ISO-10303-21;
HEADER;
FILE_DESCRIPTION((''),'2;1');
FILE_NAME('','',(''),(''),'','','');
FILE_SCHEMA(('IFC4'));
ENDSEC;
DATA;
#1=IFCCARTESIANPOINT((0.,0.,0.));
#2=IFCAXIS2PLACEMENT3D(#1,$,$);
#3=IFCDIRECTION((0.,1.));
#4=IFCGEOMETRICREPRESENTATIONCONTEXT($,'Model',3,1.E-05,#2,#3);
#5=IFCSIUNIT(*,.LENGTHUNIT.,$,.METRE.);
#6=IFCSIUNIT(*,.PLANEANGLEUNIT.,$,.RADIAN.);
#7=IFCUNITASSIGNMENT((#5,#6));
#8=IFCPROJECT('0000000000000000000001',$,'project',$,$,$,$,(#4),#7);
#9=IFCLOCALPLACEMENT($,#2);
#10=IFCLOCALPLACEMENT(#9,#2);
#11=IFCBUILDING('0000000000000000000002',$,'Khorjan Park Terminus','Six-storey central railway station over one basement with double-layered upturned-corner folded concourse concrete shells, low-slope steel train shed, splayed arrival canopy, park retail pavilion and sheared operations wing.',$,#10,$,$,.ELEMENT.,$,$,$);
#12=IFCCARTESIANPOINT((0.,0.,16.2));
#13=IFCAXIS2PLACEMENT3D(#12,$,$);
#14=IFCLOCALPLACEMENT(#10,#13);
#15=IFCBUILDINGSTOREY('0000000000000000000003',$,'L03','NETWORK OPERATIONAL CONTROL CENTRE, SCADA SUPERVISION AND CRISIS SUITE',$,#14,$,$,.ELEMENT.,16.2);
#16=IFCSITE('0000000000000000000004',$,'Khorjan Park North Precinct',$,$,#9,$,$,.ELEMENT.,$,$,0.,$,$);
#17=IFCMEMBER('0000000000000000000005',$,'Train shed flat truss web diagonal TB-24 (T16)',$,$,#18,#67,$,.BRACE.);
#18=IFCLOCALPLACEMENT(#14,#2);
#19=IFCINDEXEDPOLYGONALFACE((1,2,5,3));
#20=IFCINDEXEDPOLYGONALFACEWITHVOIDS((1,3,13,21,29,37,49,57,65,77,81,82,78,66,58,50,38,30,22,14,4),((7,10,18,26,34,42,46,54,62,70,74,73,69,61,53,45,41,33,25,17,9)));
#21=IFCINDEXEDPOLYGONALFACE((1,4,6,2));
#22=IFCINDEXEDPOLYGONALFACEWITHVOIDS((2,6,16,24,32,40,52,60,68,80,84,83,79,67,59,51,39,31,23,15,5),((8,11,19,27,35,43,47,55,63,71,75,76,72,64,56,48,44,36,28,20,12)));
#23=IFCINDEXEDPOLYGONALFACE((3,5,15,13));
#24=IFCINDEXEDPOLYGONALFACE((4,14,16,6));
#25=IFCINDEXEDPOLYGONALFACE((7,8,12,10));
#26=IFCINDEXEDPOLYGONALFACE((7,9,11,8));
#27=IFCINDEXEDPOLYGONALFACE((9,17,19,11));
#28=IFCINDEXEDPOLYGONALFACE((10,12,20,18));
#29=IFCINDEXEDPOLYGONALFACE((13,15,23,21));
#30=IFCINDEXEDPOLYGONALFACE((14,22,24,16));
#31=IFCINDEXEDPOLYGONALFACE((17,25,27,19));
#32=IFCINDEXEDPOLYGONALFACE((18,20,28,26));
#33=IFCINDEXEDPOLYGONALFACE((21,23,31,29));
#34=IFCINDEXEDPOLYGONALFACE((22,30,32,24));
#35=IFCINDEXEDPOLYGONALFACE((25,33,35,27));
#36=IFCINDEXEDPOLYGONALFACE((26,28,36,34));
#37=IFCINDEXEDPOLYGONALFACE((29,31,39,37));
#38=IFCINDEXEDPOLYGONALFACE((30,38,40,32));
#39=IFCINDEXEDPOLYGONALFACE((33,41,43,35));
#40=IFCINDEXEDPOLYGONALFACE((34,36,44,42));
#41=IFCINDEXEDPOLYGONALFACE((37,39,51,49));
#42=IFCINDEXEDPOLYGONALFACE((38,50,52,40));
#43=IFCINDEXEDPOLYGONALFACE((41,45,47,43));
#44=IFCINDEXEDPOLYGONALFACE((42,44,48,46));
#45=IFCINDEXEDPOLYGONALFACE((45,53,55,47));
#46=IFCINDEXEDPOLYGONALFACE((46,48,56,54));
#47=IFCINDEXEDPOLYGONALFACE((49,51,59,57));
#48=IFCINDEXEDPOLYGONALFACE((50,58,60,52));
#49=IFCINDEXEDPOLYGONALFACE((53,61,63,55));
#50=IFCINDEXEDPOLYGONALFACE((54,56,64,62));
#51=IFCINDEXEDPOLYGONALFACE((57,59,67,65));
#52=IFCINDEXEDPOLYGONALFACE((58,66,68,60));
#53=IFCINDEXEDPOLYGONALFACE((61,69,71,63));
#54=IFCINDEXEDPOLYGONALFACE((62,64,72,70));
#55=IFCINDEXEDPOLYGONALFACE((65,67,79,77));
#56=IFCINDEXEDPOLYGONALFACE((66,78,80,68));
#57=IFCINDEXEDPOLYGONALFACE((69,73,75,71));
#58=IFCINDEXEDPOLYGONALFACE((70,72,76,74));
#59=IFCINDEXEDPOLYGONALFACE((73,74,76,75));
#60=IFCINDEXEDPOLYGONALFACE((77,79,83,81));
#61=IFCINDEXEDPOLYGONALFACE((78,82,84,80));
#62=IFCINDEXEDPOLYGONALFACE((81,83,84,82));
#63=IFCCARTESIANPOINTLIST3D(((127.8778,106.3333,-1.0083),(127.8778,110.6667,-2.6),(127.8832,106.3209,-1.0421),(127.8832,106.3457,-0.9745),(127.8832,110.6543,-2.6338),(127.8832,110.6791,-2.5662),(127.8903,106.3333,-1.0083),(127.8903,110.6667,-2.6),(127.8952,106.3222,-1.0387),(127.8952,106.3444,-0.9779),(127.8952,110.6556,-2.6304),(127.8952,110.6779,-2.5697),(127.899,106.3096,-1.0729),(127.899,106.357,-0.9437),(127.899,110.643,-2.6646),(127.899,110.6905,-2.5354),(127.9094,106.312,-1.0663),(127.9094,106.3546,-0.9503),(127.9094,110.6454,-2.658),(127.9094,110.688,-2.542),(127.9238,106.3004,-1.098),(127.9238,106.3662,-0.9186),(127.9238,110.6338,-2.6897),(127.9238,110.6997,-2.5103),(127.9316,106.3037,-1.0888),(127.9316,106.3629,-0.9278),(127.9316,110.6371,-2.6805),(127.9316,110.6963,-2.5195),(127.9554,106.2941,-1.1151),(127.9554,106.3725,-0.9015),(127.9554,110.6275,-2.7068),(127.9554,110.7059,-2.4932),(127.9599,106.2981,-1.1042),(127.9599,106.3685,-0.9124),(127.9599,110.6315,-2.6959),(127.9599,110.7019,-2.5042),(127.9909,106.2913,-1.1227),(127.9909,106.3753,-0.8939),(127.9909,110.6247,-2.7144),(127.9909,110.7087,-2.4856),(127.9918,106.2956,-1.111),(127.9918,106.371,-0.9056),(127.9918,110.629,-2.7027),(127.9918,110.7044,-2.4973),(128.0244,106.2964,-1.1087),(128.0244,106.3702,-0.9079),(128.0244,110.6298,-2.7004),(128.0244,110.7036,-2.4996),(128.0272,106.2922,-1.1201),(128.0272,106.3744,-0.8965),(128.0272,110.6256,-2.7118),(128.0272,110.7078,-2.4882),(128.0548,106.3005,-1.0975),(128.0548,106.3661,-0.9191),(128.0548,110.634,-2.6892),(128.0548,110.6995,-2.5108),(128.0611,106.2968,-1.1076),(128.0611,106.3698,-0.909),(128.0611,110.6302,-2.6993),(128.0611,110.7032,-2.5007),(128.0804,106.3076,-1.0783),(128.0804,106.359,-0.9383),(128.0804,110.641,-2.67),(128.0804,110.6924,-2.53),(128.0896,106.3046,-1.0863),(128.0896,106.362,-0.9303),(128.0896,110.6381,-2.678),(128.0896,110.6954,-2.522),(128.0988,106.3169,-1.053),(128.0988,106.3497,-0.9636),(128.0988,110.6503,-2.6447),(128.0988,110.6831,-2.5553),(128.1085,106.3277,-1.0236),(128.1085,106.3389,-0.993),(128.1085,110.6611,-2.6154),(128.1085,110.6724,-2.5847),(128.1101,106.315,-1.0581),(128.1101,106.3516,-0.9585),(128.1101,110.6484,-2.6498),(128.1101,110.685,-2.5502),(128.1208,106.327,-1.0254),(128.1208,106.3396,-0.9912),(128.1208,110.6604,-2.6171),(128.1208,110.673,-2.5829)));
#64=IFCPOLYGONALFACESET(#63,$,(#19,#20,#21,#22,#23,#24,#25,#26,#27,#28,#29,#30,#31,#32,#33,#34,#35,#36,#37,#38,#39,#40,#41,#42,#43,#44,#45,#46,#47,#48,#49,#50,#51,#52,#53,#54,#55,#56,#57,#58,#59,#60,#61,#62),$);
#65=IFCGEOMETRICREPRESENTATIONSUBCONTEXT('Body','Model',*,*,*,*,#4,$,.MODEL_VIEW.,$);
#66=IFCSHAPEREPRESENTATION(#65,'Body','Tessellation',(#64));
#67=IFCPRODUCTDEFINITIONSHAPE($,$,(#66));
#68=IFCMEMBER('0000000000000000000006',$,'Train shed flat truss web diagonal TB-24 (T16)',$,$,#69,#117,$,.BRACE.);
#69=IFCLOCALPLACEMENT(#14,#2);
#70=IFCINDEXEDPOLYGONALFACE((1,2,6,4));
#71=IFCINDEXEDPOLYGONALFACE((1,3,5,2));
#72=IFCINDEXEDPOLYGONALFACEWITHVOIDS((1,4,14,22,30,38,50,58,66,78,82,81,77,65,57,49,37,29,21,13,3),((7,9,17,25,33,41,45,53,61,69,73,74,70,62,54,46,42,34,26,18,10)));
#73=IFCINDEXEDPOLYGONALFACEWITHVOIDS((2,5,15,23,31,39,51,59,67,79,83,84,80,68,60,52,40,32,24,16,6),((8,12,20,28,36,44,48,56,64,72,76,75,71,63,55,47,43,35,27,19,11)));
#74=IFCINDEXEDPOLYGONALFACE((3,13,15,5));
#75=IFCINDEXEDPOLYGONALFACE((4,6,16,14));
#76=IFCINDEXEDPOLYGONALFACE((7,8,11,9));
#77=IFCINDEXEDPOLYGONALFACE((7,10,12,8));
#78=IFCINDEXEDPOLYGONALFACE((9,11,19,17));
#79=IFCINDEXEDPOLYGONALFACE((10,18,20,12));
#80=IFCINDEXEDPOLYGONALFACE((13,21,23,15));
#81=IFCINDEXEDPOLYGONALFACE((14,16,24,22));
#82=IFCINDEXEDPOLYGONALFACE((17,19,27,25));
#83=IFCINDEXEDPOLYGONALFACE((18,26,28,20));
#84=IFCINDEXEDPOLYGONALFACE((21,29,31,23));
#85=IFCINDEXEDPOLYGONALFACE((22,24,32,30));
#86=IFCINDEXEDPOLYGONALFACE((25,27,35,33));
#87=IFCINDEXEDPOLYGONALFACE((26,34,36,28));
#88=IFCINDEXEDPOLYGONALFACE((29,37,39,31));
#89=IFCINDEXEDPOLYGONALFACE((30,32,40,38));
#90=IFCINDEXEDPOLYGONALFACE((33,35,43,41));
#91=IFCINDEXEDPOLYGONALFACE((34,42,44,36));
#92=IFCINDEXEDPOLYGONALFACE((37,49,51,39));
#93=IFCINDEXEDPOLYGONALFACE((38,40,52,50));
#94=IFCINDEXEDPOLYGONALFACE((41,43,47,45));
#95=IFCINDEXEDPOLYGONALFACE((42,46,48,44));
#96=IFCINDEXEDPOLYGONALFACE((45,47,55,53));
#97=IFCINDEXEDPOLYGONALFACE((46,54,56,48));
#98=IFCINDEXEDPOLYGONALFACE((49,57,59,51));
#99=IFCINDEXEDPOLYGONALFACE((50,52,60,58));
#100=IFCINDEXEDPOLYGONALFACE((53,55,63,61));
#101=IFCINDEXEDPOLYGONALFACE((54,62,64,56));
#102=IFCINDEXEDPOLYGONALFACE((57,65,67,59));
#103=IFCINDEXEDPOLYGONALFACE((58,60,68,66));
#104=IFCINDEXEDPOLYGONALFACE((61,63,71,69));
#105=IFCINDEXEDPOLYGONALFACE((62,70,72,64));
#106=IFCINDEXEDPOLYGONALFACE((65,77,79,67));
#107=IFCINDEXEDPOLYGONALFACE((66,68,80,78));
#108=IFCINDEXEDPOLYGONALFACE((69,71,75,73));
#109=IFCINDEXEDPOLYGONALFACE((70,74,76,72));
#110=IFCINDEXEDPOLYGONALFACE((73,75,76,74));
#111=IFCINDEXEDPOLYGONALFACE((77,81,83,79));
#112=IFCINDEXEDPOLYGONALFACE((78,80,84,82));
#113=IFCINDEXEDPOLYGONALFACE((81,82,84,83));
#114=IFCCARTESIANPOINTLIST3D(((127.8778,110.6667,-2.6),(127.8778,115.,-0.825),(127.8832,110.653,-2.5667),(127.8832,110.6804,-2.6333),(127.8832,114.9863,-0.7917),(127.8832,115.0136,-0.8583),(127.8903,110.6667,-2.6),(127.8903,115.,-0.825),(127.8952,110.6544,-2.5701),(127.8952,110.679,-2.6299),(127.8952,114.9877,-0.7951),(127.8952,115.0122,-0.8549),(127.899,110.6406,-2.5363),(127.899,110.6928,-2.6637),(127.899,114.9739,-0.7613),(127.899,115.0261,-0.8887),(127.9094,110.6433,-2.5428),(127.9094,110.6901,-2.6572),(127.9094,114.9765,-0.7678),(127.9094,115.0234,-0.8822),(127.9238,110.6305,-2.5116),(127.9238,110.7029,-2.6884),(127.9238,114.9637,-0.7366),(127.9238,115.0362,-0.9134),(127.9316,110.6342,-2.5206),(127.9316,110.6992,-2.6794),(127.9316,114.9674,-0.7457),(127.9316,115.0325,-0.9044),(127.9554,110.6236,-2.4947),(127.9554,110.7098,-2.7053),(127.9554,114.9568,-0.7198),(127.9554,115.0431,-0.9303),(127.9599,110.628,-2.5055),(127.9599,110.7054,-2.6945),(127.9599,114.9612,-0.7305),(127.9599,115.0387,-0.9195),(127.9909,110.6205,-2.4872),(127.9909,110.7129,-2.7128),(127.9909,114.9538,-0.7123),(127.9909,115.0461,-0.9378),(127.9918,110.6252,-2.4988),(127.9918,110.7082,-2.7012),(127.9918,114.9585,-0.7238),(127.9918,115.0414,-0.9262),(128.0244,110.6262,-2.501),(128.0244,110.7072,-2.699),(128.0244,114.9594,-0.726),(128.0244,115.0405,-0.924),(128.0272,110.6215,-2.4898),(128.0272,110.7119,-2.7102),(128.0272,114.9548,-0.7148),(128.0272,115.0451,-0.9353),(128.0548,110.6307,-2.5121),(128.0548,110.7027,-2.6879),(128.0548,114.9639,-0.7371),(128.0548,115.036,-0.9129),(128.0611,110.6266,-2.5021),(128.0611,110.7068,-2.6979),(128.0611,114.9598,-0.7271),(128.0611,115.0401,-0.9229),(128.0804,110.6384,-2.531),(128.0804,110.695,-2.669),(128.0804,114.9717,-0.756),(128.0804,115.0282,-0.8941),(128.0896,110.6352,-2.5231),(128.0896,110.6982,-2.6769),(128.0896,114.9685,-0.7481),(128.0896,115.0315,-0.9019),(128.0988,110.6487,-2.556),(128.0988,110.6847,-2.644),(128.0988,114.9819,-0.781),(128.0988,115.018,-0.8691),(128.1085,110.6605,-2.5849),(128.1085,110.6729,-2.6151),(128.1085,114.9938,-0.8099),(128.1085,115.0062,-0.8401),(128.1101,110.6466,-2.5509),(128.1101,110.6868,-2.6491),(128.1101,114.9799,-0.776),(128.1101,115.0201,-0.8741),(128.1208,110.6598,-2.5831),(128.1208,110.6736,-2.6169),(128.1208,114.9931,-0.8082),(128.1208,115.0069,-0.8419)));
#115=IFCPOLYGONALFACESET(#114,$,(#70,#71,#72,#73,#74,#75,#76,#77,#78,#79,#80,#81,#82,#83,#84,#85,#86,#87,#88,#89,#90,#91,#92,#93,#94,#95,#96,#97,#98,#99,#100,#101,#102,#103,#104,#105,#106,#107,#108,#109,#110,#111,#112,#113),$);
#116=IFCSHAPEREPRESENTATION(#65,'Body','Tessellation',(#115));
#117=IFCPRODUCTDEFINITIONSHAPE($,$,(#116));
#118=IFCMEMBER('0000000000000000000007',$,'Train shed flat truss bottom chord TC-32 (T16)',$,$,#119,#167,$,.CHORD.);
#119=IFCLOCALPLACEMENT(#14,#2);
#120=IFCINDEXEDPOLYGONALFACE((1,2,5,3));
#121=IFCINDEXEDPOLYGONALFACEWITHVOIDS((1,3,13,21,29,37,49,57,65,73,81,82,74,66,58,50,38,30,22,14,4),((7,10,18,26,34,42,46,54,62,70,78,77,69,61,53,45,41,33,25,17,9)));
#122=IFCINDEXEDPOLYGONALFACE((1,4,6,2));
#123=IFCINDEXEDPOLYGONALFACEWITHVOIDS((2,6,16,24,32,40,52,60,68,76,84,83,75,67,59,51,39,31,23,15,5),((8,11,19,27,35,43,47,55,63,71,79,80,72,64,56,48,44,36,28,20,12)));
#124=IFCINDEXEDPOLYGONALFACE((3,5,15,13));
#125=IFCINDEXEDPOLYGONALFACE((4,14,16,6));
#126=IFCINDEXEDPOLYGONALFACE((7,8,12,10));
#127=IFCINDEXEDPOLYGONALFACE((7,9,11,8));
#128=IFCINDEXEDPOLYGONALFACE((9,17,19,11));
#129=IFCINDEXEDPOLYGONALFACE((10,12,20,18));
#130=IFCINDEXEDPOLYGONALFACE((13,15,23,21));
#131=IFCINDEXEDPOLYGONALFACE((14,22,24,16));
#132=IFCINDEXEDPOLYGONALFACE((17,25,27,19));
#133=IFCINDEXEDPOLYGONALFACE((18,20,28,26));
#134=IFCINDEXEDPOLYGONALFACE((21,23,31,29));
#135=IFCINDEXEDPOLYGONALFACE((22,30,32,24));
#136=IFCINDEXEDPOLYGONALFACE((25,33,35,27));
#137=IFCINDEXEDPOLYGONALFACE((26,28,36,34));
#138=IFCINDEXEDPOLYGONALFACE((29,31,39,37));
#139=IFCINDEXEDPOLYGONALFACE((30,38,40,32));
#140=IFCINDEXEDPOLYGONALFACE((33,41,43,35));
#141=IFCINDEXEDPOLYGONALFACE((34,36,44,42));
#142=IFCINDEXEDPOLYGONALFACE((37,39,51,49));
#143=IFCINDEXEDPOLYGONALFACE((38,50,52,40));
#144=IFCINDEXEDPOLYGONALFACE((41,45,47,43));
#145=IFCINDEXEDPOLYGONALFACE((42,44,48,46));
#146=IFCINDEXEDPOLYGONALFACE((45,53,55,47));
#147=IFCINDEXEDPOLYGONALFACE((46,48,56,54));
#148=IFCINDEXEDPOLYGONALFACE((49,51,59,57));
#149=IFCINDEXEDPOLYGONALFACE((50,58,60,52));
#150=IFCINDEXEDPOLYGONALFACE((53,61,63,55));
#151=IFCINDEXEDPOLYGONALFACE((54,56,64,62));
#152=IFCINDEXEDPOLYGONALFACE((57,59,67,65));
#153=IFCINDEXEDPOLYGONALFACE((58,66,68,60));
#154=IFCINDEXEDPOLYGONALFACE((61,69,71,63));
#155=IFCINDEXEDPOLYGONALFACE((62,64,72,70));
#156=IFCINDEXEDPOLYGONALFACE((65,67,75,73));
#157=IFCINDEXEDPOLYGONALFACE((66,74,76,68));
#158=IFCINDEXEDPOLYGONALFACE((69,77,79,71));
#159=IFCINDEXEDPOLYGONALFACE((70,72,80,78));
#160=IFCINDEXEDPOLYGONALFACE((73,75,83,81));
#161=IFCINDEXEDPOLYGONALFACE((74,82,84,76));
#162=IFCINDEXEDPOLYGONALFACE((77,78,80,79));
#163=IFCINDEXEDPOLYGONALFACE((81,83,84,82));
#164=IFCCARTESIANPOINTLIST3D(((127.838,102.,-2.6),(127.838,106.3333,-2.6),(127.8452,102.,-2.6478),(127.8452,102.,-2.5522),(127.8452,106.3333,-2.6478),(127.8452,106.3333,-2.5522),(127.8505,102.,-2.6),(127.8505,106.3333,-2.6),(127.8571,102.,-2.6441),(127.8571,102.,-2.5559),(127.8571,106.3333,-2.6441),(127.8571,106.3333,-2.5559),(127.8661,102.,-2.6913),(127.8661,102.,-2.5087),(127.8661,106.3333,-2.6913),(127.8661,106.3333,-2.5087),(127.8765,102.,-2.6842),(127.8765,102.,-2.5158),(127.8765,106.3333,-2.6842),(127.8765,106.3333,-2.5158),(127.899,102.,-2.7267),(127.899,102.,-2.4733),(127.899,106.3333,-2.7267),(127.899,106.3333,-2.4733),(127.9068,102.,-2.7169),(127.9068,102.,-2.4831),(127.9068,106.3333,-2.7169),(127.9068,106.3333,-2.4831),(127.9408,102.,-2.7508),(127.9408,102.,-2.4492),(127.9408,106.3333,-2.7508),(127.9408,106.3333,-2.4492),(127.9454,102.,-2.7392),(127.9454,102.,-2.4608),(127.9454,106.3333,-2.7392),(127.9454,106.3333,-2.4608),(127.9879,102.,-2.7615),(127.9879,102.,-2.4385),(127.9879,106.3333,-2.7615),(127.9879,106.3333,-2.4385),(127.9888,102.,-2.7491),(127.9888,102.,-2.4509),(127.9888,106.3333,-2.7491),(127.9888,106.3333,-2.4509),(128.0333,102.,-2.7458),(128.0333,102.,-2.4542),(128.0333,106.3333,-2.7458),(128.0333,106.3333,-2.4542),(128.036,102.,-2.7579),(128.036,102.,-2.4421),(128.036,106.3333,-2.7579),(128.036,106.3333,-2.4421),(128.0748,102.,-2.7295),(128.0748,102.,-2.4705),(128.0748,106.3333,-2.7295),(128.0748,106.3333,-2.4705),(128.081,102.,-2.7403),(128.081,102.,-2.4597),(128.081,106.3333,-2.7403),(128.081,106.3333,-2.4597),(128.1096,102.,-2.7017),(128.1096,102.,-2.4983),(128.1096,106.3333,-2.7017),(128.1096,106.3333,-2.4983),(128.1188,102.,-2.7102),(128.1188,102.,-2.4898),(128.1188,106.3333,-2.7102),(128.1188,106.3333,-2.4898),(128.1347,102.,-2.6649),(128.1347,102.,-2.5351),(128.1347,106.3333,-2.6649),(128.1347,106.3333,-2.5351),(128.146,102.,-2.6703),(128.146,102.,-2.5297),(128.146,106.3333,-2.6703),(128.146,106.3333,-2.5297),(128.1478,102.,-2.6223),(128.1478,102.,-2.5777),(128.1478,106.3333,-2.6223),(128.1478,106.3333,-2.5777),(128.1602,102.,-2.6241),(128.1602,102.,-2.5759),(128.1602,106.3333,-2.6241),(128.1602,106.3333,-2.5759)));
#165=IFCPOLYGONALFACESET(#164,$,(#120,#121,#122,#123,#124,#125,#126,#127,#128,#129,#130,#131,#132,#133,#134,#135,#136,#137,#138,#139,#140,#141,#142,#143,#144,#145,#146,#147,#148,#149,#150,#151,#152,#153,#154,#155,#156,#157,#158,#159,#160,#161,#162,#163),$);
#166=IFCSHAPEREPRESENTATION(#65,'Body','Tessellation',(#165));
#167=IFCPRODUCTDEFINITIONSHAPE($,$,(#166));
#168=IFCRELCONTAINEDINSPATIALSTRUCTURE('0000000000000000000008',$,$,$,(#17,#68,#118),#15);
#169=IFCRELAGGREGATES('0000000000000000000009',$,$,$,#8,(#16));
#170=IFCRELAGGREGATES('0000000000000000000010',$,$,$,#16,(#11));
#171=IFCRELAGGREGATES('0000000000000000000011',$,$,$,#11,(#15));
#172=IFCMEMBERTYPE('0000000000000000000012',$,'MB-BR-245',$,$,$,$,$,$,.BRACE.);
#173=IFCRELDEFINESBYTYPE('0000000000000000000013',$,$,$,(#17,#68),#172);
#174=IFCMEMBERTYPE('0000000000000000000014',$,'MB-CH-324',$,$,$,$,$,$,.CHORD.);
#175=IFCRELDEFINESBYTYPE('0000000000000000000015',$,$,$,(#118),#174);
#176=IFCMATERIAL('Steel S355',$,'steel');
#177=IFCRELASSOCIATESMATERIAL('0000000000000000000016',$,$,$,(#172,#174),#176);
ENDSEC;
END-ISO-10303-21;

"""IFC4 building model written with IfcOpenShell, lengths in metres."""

from ifc_helpers import new_model, si_unit, direction, frame, origin, origin_2d, place, context, subcontext, project, spatial, hollow_circle, extrude, material, material_profile, profile_set, type_object, element, save


model = new_model("IFC4")

# Units and contexts
model_context = context("Model", 3, precision=1e-05, world=origin(), true_north=direction((0.0, 1.0)))
body_context = subcontext(model_context, "Body", "Model", "MODEL_VIEW")
ifc_project = project(units=[si_unit("LENGTHUNIT", "METRE"), si_unit("PLANEANGLEUNIT", "RADIAN")], contexts=[model_context])

# Site, building, storey
site_placement = place(None, origin())
site = spatial("IfcSite", under=ifc_project, at=site_placement, Name="Khorjan Park North Precinct", CompositionType="ELEMENT", RefElevation=0.0)
building_placement = place(site_placement, origin())
building = spatial("IfcBuilding", under=site, at=building_placement, Name="Khorjan Park Terminus", Description="Six-storey central railway station over one basement with double-layered upturned-corner folded concourse concrete shells, low-slope steel train shed, splayed arrival canopy, park retail pavilion and sheared operations wing.", CompositionType="ELEMENT")
storey_placement = place(building_placement, frame((0.0, 0.0, 16.2)))
storey = spatial("IfcBuildingStorey", under=building, at=storey_placement, Name="L03", Description="NETWORK OPERATIONAL CONTROL CENTRE, SCADA SUPERVISION AND CRISIS SUITE", CompositionType="ELEMENT", Elevation=16.2)

# Members
ifc_material_1 = material(Name="Steel S355", Category="steel")
ifc_material_profile_1 = material_profile(ifc_material_1, hollow_circle(Radius=0.1222, WallThickness=0.0125, at=origin_2d()), Name="CHS 244.5x12.5")
ifc_profile_set_1 = profile_set([ifc_material_profile_1], Name="Steel S355")
member_type_1 = type_object("IfcMemberType", Name="MB-BR-245", PredefinedType="BRACE", material=ifc_profile_set_1)
member_1_placement = place(storey_placement, frame((128.0, 106.3333, -1.0083), z_axis=(0.0, 0.938681, -0.344787), x_axis=(-1.0, 0.0, 0.0)))
element("IfcMember", 1, at=member_1_placement, inside=storey, type_object=member_type_1, Name="Train shed flat truss web diagonal TB-24 (T16)", PredefinedType="BRACE", context=body_context, shape_type="SweptSolid", body=[
    extrude(hollow_circle(Radius=0.1222, WallThickness=0.0125, at=origin_2d()), origin(), (0.0, 0.0, 1.0), 4.6165),
])
member_2_placement = place(storey_placement, frame((128.0, 110.6667, -2.6), z_axis=(0.0, 0.925376, 0.379051), x_axis=(-1.0, 0.0, 0.0)))
element("IfcMember", 2, at=member_2_placement, inside=storey, type_object=member_type_1, Name="Train shed flat truss web diagonal TB-24 (T16)", PredefinedType="BRACE", context=body_context, shape_type="SweptSolid", body=[
    extrude(hollow_circle(Radius=0.1222, WallThickness=0.0125, at=origin_2d()), origin(), (0.0, 0.0, 1.0), 4.6827),
])
ifc_material_profile_2 = material_profile(ifc_material_1, hollow_circle(Radius=0.162, WallThickness=0.0125, at=origin_2d()), Name="CHS 323.9x12.5")
ifc_profile_set_2 = profile_set([ifc_material_profile_2], Name="Steel S355")
member_type_2 = type_object("IfcMemberType", Name="MB-CH-324", PredefinedType="CHORD", material=ifc_profile_set_2)
member_3_placement = place(storey_placement, frame((128.0, 102.0, -2.6), z_axis=(0.0, 1.0, 0.0), x_axis=(-1.0, 0.0, 0.0)))
element("IfcMember", 3, at=member_3_placement, inside=storey, type_object=member_type_2, Name="Train shed flat truss bottom chord TC-32 (T16)", PredefinedType="CHORD", context=body_context, shape_type="SweptSolid", body=[
    extrude(hollow_circle(Radius=0.162, WallThickness=0.0125, at=origin_2d()), origin(), (0.0, 0.0, 1.0), 4.3333),
])

save(model, "model.ifc")
